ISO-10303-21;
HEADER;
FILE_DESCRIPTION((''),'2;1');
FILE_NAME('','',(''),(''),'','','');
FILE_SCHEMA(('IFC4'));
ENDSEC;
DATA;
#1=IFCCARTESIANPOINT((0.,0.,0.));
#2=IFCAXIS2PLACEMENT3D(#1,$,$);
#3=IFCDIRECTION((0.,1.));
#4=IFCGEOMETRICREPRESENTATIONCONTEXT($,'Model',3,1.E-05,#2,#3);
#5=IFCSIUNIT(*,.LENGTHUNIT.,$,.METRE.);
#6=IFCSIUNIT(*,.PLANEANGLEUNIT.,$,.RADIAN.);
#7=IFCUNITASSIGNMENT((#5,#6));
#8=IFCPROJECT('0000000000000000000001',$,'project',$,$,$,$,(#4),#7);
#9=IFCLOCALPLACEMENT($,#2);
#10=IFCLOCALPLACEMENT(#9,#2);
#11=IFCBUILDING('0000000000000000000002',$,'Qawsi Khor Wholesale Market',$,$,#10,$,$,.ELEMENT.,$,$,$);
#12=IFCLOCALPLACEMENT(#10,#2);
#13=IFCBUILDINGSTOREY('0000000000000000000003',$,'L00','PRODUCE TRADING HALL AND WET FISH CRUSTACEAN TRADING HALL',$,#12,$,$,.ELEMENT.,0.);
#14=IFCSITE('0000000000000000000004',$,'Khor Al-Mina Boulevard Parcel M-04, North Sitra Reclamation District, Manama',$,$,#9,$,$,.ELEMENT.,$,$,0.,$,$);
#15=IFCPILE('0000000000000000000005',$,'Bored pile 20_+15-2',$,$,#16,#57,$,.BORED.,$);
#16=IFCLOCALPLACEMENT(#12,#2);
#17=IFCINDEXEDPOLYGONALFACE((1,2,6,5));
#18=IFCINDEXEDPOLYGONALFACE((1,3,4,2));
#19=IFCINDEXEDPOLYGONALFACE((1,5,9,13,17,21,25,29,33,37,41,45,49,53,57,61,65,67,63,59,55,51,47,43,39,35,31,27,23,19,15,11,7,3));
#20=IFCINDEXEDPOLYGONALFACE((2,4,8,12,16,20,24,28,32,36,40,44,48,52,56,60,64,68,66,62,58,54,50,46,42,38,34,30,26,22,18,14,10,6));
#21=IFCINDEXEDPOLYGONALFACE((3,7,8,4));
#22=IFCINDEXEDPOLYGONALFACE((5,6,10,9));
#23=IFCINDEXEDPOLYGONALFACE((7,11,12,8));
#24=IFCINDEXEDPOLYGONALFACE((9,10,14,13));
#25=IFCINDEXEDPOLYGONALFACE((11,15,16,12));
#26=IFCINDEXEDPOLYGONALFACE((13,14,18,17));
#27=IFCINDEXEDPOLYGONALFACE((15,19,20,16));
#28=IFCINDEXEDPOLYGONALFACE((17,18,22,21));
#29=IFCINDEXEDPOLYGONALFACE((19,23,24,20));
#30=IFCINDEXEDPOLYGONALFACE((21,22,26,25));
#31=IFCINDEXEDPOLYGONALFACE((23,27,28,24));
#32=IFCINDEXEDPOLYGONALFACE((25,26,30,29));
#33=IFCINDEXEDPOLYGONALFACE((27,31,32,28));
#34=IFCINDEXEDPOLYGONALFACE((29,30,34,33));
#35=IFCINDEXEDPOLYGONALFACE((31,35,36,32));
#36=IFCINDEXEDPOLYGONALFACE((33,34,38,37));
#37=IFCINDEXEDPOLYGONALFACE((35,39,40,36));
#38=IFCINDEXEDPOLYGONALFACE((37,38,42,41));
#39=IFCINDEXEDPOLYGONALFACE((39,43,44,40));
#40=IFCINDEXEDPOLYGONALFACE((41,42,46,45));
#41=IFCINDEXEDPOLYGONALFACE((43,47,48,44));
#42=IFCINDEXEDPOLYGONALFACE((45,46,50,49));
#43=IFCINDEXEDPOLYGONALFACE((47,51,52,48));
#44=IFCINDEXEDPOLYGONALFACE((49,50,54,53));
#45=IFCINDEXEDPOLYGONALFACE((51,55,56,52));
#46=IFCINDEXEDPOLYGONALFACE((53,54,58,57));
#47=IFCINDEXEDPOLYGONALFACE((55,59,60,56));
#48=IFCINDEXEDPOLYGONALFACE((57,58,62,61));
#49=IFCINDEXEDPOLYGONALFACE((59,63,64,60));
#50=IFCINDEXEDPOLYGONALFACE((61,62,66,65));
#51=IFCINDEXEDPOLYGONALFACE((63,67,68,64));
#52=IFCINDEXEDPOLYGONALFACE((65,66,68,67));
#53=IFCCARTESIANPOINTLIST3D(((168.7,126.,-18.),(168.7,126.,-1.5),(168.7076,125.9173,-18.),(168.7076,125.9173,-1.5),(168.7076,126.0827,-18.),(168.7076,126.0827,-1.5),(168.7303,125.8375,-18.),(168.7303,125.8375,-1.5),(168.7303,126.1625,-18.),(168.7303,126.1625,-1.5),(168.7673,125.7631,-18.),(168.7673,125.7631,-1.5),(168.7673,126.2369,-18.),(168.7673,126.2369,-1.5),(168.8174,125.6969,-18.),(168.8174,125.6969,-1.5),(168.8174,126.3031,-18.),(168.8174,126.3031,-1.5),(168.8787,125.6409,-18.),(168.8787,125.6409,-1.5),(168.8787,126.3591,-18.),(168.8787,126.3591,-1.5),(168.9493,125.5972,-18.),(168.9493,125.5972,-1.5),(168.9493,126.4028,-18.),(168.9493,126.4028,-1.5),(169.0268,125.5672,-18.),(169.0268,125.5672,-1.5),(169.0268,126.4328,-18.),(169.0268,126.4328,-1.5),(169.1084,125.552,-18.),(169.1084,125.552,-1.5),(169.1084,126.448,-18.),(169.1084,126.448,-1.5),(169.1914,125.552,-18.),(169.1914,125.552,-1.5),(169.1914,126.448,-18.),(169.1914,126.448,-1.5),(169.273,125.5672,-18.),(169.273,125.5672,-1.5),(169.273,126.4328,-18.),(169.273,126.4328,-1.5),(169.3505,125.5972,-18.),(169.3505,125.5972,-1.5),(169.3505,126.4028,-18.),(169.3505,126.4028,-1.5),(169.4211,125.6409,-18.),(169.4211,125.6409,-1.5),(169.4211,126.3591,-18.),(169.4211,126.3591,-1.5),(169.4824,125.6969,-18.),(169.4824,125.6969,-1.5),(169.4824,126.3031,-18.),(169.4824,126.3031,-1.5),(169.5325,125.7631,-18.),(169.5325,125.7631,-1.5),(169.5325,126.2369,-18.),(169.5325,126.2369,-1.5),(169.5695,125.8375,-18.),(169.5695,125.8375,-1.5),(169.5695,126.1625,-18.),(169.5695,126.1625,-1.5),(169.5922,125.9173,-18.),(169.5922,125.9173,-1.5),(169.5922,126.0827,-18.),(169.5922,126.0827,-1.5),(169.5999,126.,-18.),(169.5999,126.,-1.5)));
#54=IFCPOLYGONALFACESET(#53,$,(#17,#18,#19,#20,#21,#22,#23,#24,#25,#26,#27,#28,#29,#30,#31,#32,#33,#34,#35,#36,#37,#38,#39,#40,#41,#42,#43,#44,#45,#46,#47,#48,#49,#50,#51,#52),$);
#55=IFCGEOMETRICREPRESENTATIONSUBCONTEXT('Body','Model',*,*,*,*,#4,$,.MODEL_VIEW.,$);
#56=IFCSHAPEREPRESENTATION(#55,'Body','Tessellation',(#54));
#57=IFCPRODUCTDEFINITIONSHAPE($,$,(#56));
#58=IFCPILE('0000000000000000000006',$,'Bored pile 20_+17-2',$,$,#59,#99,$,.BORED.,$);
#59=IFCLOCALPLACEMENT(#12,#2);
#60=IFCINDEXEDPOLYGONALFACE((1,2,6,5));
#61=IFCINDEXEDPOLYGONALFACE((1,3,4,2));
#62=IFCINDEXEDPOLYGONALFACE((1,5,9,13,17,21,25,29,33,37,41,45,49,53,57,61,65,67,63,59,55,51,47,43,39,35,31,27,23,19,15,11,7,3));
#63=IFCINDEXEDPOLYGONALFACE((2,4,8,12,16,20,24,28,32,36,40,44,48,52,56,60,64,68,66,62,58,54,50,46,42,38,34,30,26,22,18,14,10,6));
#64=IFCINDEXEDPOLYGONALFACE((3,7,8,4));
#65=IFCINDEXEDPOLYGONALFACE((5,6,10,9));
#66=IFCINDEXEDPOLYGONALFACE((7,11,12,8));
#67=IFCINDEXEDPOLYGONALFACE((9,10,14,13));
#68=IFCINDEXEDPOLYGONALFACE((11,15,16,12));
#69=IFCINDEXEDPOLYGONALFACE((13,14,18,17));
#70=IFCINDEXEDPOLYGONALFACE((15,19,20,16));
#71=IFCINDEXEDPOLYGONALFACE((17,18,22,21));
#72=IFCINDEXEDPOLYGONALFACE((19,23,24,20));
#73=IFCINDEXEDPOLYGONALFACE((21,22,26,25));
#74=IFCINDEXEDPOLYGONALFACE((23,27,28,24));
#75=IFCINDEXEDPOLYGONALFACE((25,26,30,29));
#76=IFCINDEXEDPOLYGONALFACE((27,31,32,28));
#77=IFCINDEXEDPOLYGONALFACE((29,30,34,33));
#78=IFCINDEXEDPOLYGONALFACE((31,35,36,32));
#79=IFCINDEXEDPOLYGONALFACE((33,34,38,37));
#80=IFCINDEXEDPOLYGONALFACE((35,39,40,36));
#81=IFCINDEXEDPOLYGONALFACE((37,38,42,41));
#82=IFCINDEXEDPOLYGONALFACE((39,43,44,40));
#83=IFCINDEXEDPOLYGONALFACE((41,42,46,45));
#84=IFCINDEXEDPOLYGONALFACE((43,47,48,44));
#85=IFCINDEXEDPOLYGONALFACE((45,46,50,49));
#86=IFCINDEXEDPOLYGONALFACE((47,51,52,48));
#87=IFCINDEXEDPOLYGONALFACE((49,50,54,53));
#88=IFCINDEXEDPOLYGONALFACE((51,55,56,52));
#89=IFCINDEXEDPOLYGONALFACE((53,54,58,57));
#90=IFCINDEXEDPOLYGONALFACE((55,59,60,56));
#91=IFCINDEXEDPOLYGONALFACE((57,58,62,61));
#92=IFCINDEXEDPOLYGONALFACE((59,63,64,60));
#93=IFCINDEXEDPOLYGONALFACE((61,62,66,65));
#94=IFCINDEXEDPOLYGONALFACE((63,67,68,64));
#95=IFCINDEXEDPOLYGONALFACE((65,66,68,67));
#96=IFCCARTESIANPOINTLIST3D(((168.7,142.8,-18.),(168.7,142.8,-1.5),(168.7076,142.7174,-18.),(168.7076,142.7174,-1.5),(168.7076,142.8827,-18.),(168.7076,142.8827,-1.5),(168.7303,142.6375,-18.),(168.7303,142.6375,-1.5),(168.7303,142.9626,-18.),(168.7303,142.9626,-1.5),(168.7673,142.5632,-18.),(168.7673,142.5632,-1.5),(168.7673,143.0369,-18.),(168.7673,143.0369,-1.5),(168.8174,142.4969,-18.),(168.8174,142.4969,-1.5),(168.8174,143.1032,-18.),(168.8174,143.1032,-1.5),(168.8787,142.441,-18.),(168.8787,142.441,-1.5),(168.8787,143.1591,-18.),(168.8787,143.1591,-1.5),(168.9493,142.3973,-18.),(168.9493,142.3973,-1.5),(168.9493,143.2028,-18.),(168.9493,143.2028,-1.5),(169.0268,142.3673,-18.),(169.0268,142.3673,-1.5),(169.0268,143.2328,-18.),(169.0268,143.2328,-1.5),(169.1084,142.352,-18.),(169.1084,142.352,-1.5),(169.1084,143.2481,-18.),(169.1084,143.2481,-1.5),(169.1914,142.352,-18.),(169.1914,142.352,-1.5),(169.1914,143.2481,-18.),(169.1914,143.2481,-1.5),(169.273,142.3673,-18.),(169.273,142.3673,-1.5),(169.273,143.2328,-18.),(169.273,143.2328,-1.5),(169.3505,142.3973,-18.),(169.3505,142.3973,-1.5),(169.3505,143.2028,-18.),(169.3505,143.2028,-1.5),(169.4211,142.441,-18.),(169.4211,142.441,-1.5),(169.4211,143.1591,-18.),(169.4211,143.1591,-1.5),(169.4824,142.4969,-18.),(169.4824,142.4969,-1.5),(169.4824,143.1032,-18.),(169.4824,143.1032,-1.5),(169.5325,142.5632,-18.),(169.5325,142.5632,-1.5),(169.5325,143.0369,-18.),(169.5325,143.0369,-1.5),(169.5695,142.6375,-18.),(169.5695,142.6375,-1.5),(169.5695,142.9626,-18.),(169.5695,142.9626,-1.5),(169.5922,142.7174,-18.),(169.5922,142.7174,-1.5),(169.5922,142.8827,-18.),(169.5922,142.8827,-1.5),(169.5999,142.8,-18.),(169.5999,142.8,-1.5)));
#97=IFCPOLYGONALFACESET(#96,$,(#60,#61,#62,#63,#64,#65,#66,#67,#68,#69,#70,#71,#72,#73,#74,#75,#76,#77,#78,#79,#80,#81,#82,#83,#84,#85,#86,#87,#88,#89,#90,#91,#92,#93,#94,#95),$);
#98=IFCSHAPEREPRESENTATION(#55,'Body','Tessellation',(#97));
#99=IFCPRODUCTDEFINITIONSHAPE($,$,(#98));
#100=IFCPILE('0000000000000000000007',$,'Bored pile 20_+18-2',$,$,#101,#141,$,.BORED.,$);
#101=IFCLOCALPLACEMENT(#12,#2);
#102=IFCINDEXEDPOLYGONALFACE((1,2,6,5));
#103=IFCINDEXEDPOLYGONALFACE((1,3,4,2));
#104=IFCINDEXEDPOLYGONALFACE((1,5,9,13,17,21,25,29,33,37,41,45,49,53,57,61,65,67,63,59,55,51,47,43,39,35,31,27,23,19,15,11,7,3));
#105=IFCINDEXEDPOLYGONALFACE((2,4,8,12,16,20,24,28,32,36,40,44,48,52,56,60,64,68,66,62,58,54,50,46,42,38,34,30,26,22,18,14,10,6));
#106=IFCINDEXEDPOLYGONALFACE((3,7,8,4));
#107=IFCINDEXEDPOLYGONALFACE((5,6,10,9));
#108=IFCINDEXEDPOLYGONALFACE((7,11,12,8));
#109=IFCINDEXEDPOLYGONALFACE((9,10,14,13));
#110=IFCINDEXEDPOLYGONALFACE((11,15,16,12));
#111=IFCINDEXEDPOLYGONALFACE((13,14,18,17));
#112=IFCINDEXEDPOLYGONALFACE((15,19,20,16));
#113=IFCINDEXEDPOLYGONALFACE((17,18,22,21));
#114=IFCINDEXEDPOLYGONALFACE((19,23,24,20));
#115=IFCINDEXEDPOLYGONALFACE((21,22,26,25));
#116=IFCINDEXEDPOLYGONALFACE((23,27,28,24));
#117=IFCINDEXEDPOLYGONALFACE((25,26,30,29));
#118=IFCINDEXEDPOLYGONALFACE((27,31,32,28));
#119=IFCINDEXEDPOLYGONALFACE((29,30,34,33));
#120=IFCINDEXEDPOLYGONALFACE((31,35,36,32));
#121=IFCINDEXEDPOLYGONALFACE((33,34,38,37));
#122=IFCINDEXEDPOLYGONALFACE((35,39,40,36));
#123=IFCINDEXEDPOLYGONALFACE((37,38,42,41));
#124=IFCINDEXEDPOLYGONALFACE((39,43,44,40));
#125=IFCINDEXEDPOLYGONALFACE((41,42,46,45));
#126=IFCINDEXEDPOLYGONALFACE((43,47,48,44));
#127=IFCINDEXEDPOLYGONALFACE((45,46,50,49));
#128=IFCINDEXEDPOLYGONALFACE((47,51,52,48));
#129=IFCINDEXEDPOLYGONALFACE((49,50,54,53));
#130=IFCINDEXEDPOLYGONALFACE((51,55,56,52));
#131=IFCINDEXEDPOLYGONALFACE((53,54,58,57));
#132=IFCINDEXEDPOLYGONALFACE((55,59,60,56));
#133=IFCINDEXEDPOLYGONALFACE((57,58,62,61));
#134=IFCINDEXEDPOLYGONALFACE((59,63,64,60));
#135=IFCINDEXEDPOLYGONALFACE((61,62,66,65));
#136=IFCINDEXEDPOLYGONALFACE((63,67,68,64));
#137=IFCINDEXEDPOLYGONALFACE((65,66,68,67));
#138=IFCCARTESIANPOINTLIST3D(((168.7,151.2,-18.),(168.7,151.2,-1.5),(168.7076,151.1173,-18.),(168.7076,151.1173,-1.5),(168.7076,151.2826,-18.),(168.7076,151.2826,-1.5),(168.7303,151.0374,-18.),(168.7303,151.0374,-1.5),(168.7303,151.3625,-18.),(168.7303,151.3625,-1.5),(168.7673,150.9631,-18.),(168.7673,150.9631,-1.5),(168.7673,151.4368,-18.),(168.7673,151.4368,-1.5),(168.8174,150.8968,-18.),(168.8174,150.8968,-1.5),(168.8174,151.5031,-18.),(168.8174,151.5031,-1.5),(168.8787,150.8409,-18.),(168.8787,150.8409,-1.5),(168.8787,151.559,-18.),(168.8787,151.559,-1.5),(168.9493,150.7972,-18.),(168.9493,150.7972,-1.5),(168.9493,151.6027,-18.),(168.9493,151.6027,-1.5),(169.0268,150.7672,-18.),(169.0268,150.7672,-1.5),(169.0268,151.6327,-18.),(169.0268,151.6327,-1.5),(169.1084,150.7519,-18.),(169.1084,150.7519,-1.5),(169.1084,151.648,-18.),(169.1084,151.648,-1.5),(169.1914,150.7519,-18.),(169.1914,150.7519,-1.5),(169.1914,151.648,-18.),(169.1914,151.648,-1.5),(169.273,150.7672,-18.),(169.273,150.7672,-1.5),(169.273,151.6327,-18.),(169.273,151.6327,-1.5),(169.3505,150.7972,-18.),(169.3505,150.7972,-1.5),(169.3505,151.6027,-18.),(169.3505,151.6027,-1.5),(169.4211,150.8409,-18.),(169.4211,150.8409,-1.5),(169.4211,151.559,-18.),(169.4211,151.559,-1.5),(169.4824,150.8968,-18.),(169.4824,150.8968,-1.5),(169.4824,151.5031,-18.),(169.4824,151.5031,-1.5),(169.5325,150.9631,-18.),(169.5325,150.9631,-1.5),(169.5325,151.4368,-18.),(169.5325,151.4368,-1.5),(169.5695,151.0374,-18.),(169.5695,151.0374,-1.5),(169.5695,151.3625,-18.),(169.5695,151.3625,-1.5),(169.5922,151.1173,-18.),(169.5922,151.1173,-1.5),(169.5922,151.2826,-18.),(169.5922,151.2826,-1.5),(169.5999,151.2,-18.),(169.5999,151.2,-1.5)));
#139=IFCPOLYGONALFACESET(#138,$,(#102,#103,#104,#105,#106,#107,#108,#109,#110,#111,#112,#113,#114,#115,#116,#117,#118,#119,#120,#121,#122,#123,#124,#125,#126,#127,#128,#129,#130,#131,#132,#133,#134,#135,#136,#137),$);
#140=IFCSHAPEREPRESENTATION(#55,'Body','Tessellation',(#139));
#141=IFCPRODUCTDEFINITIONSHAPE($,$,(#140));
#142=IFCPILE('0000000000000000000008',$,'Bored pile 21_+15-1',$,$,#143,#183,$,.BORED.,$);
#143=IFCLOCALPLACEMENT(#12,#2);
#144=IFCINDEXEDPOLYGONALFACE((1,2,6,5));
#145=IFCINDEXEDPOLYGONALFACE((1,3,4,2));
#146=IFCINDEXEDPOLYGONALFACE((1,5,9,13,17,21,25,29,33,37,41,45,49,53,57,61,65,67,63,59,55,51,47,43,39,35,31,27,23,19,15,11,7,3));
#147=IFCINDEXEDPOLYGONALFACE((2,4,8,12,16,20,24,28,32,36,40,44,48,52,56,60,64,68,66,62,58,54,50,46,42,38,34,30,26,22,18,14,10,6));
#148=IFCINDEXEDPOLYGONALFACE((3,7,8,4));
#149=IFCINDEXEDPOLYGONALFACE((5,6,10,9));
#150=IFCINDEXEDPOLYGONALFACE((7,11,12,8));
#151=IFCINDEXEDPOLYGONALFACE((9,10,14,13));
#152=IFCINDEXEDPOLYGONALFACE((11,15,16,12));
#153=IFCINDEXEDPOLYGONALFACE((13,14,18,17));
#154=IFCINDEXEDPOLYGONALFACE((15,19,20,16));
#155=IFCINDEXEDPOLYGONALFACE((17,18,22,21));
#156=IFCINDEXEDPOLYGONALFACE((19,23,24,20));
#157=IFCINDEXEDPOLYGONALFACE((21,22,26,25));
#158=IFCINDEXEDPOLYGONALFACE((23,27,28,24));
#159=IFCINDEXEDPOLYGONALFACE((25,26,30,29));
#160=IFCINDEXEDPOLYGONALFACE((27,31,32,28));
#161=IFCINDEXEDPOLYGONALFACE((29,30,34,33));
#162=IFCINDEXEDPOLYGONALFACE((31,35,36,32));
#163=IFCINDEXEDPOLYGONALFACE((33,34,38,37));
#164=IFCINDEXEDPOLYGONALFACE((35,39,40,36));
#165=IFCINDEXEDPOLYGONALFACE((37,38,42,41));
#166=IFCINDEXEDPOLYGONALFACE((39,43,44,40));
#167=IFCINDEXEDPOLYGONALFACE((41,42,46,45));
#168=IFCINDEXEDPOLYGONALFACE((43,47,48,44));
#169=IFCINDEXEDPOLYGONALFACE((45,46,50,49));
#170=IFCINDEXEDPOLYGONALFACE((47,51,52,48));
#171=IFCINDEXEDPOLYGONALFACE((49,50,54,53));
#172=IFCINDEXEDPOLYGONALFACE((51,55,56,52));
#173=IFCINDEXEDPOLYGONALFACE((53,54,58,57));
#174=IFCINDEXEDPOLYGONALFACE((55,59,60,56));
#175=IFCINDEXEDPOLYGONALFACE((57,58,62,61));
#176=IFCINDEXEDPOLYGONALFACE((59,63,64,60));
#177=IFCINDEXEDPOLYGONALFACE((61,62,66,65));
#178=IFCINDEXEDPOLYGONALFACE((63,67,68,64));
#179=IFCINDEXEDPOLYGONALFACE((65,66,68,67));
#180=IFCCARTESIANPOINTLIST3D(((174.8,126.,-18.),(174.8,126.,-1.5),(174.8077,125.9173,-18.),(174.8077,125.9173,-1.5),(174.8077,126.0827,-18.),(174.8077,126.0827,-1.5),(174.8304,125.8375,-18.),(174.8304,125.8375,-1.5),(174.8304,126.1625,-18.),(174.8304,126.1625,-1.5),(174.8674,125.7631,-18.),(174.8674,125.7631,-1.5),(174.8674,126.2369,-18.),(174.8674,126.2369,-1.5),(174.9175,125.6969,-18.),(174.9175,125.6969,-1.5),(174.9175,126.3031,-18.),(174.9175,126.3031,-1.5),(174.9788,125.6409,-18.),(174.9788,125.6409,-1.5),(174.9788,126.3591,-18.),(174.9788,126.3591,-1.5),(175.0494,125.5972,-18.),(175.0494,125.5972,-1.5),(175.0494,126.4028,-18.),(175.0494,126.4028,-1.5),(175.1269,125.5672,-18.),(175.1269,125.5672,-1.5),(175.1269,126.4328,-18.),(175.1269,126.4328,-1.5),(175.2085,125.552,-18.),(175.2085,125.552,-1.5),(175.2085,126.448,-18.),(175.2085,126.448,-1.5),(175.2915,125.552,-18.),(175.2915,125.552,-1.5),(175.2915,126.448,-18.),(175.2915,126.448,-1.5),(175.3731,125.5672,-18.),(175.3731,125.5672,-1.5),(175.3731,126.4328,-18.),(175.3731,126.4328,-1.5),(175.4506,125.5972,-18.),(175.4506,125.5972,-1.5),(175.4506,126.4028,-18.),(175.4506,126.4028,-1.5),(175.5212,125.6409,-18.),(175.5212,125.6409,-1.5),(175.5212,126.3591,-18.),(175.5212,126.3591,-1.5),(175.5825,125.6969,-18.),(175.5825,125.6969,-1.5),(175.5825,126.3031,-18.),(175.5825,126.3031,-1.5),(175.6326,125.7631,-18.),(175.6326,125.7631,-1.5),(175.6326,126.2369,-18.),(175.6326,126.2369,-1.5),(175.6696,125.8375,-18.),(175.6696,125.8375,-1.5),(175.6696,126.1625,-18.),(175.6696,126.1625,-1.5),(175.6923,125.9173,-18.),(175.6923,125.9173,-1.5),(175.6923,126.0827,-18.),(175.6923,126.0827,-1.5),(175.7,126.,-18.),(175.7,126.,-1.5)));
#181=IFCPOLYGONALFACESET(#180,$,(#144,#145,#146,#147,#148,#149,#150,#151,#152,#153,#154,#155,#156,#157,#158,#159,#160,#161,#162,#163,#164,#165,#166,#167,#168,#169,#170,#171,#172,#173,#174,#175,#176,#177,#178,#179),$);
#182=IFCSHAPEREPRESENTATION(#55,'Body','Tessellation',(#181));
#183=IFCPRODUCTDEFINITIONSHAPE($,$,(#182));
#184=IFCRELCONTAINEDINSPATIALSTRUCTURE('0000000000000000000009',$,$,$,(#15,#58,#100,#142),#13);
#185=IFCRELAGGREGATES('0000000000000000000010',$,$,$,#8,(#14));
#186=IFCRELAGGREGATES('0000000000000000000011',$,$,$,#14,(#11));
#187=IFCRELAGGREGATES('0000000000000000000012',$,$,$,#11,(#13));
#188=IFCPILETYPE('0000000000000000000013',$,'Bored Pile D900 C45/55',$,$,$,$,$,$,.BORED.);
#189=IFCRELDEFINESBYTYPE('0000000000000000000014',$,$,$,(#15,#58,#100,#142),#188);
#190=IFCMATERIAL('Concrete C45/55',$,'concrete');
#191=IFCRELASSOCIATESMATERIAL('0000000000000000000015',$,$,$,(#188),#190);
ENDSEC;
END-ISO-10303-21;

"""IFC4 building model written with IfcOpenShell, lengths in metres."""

from ifc_helpers import new_model, si_unit, direction, frame, origin, origin_2d, place, context, subcontext, project, spatial, circle, extrude, material, material_profile, profile_set, type_object, element, save


model = new_model("IFC4")

# Units and contexts
model_context = context("Model", 3, precision=1e-05, world=origin(), true_north=direction((0.0, 1.0)))
body_context = subcontext(model_context, "Body", "Model", "MODEL_VIEW")
ifc_project = project(units=[si_unit("LENGTHUNIT", "METRE"), si_unit("PLANEANGLEUNIT", "RADIAN")], contexts=[model_context])

# Site, building, storey
site_placement = place(None, origin())
site = spatial("IfcSite", under=ifc_project, at=site_placement, Name="Khor Al-Mina Boulevard Parcel M-04, North Sitra Reclamation District, Manama", CompositionType="ELEMENT", RefElevation=0.0)
building_placement = place(site_placement, origin())
building = spatial("IfcBuilding", under=site, at=building_placement, Name="Qawsi Khor Wholesale Market", CompositionType="ELEMENT")
storey_placement = place(building_placement, origin())
storey = spatial("IfcBuildingStorey", under=building, at=storey_placement, Name="L00", Description="PRODUCE TRADING HALL AND WET FISH CRUSTACEAN TRADING HALL", CompositionType="ELEMENT", Elevation=0.0)

# Piles
ifc_material_1 = material(Name="Concrete C45/55", Category="concrete")
ifc_material_profile_1 = material_profile(ifc_material_1, circle(Radius=0.45, at=origin_2d()), Name="PILE D900")
ifc_profile_set_1 = profile_set([ifc_material_profile_1], Name="Concrete C45/55")
pile_type = type_object("IfcPileType", Name="Bored Pile D900 C45/55", PredefinedType="BORED", material=ifc_profile_set_1)
for number, where, z_axis, x_axis, name in (
    (1, (169.1499, 126.0, -1.5), (0.0, 0.0, -1.0), (1.0, 0.0, 0.0), "Bored pile 20_+15-2"),
    (2, (169.1499, 142.8, -1.5), (0.0, 0.0, -1.0), (1.0, 0.0, 0.0), "Bored pile 20_+17-2"),
    (3, (169.1499, 151.2, -1.5), (0.0, 0.0, -1.0), (1.0, 0.0, 0.0), "Bored pile 20_+18-2"),
    (4, (175.25, 126.0, -1.5), (0.0, 0.0, -1.0), (1.0, 0.0, 0.0), "Bored pile 21_+15-1"),
):
    element("IfcPile", number, at=place(storey_placement, frame(where, z_axis=z_axis, x_axis=x_axis)), inside=storey, type_object=pile_type, Name=name, PredefinedType="BORED", context=body_context, shape_type="SweptSolid", body=[
        extrude(circle(Radius=0.45, at=origin_2d()), origin(), (0.0, 0.0, 1.0), 16.5),
    ])

save(model, "model.ifc")
